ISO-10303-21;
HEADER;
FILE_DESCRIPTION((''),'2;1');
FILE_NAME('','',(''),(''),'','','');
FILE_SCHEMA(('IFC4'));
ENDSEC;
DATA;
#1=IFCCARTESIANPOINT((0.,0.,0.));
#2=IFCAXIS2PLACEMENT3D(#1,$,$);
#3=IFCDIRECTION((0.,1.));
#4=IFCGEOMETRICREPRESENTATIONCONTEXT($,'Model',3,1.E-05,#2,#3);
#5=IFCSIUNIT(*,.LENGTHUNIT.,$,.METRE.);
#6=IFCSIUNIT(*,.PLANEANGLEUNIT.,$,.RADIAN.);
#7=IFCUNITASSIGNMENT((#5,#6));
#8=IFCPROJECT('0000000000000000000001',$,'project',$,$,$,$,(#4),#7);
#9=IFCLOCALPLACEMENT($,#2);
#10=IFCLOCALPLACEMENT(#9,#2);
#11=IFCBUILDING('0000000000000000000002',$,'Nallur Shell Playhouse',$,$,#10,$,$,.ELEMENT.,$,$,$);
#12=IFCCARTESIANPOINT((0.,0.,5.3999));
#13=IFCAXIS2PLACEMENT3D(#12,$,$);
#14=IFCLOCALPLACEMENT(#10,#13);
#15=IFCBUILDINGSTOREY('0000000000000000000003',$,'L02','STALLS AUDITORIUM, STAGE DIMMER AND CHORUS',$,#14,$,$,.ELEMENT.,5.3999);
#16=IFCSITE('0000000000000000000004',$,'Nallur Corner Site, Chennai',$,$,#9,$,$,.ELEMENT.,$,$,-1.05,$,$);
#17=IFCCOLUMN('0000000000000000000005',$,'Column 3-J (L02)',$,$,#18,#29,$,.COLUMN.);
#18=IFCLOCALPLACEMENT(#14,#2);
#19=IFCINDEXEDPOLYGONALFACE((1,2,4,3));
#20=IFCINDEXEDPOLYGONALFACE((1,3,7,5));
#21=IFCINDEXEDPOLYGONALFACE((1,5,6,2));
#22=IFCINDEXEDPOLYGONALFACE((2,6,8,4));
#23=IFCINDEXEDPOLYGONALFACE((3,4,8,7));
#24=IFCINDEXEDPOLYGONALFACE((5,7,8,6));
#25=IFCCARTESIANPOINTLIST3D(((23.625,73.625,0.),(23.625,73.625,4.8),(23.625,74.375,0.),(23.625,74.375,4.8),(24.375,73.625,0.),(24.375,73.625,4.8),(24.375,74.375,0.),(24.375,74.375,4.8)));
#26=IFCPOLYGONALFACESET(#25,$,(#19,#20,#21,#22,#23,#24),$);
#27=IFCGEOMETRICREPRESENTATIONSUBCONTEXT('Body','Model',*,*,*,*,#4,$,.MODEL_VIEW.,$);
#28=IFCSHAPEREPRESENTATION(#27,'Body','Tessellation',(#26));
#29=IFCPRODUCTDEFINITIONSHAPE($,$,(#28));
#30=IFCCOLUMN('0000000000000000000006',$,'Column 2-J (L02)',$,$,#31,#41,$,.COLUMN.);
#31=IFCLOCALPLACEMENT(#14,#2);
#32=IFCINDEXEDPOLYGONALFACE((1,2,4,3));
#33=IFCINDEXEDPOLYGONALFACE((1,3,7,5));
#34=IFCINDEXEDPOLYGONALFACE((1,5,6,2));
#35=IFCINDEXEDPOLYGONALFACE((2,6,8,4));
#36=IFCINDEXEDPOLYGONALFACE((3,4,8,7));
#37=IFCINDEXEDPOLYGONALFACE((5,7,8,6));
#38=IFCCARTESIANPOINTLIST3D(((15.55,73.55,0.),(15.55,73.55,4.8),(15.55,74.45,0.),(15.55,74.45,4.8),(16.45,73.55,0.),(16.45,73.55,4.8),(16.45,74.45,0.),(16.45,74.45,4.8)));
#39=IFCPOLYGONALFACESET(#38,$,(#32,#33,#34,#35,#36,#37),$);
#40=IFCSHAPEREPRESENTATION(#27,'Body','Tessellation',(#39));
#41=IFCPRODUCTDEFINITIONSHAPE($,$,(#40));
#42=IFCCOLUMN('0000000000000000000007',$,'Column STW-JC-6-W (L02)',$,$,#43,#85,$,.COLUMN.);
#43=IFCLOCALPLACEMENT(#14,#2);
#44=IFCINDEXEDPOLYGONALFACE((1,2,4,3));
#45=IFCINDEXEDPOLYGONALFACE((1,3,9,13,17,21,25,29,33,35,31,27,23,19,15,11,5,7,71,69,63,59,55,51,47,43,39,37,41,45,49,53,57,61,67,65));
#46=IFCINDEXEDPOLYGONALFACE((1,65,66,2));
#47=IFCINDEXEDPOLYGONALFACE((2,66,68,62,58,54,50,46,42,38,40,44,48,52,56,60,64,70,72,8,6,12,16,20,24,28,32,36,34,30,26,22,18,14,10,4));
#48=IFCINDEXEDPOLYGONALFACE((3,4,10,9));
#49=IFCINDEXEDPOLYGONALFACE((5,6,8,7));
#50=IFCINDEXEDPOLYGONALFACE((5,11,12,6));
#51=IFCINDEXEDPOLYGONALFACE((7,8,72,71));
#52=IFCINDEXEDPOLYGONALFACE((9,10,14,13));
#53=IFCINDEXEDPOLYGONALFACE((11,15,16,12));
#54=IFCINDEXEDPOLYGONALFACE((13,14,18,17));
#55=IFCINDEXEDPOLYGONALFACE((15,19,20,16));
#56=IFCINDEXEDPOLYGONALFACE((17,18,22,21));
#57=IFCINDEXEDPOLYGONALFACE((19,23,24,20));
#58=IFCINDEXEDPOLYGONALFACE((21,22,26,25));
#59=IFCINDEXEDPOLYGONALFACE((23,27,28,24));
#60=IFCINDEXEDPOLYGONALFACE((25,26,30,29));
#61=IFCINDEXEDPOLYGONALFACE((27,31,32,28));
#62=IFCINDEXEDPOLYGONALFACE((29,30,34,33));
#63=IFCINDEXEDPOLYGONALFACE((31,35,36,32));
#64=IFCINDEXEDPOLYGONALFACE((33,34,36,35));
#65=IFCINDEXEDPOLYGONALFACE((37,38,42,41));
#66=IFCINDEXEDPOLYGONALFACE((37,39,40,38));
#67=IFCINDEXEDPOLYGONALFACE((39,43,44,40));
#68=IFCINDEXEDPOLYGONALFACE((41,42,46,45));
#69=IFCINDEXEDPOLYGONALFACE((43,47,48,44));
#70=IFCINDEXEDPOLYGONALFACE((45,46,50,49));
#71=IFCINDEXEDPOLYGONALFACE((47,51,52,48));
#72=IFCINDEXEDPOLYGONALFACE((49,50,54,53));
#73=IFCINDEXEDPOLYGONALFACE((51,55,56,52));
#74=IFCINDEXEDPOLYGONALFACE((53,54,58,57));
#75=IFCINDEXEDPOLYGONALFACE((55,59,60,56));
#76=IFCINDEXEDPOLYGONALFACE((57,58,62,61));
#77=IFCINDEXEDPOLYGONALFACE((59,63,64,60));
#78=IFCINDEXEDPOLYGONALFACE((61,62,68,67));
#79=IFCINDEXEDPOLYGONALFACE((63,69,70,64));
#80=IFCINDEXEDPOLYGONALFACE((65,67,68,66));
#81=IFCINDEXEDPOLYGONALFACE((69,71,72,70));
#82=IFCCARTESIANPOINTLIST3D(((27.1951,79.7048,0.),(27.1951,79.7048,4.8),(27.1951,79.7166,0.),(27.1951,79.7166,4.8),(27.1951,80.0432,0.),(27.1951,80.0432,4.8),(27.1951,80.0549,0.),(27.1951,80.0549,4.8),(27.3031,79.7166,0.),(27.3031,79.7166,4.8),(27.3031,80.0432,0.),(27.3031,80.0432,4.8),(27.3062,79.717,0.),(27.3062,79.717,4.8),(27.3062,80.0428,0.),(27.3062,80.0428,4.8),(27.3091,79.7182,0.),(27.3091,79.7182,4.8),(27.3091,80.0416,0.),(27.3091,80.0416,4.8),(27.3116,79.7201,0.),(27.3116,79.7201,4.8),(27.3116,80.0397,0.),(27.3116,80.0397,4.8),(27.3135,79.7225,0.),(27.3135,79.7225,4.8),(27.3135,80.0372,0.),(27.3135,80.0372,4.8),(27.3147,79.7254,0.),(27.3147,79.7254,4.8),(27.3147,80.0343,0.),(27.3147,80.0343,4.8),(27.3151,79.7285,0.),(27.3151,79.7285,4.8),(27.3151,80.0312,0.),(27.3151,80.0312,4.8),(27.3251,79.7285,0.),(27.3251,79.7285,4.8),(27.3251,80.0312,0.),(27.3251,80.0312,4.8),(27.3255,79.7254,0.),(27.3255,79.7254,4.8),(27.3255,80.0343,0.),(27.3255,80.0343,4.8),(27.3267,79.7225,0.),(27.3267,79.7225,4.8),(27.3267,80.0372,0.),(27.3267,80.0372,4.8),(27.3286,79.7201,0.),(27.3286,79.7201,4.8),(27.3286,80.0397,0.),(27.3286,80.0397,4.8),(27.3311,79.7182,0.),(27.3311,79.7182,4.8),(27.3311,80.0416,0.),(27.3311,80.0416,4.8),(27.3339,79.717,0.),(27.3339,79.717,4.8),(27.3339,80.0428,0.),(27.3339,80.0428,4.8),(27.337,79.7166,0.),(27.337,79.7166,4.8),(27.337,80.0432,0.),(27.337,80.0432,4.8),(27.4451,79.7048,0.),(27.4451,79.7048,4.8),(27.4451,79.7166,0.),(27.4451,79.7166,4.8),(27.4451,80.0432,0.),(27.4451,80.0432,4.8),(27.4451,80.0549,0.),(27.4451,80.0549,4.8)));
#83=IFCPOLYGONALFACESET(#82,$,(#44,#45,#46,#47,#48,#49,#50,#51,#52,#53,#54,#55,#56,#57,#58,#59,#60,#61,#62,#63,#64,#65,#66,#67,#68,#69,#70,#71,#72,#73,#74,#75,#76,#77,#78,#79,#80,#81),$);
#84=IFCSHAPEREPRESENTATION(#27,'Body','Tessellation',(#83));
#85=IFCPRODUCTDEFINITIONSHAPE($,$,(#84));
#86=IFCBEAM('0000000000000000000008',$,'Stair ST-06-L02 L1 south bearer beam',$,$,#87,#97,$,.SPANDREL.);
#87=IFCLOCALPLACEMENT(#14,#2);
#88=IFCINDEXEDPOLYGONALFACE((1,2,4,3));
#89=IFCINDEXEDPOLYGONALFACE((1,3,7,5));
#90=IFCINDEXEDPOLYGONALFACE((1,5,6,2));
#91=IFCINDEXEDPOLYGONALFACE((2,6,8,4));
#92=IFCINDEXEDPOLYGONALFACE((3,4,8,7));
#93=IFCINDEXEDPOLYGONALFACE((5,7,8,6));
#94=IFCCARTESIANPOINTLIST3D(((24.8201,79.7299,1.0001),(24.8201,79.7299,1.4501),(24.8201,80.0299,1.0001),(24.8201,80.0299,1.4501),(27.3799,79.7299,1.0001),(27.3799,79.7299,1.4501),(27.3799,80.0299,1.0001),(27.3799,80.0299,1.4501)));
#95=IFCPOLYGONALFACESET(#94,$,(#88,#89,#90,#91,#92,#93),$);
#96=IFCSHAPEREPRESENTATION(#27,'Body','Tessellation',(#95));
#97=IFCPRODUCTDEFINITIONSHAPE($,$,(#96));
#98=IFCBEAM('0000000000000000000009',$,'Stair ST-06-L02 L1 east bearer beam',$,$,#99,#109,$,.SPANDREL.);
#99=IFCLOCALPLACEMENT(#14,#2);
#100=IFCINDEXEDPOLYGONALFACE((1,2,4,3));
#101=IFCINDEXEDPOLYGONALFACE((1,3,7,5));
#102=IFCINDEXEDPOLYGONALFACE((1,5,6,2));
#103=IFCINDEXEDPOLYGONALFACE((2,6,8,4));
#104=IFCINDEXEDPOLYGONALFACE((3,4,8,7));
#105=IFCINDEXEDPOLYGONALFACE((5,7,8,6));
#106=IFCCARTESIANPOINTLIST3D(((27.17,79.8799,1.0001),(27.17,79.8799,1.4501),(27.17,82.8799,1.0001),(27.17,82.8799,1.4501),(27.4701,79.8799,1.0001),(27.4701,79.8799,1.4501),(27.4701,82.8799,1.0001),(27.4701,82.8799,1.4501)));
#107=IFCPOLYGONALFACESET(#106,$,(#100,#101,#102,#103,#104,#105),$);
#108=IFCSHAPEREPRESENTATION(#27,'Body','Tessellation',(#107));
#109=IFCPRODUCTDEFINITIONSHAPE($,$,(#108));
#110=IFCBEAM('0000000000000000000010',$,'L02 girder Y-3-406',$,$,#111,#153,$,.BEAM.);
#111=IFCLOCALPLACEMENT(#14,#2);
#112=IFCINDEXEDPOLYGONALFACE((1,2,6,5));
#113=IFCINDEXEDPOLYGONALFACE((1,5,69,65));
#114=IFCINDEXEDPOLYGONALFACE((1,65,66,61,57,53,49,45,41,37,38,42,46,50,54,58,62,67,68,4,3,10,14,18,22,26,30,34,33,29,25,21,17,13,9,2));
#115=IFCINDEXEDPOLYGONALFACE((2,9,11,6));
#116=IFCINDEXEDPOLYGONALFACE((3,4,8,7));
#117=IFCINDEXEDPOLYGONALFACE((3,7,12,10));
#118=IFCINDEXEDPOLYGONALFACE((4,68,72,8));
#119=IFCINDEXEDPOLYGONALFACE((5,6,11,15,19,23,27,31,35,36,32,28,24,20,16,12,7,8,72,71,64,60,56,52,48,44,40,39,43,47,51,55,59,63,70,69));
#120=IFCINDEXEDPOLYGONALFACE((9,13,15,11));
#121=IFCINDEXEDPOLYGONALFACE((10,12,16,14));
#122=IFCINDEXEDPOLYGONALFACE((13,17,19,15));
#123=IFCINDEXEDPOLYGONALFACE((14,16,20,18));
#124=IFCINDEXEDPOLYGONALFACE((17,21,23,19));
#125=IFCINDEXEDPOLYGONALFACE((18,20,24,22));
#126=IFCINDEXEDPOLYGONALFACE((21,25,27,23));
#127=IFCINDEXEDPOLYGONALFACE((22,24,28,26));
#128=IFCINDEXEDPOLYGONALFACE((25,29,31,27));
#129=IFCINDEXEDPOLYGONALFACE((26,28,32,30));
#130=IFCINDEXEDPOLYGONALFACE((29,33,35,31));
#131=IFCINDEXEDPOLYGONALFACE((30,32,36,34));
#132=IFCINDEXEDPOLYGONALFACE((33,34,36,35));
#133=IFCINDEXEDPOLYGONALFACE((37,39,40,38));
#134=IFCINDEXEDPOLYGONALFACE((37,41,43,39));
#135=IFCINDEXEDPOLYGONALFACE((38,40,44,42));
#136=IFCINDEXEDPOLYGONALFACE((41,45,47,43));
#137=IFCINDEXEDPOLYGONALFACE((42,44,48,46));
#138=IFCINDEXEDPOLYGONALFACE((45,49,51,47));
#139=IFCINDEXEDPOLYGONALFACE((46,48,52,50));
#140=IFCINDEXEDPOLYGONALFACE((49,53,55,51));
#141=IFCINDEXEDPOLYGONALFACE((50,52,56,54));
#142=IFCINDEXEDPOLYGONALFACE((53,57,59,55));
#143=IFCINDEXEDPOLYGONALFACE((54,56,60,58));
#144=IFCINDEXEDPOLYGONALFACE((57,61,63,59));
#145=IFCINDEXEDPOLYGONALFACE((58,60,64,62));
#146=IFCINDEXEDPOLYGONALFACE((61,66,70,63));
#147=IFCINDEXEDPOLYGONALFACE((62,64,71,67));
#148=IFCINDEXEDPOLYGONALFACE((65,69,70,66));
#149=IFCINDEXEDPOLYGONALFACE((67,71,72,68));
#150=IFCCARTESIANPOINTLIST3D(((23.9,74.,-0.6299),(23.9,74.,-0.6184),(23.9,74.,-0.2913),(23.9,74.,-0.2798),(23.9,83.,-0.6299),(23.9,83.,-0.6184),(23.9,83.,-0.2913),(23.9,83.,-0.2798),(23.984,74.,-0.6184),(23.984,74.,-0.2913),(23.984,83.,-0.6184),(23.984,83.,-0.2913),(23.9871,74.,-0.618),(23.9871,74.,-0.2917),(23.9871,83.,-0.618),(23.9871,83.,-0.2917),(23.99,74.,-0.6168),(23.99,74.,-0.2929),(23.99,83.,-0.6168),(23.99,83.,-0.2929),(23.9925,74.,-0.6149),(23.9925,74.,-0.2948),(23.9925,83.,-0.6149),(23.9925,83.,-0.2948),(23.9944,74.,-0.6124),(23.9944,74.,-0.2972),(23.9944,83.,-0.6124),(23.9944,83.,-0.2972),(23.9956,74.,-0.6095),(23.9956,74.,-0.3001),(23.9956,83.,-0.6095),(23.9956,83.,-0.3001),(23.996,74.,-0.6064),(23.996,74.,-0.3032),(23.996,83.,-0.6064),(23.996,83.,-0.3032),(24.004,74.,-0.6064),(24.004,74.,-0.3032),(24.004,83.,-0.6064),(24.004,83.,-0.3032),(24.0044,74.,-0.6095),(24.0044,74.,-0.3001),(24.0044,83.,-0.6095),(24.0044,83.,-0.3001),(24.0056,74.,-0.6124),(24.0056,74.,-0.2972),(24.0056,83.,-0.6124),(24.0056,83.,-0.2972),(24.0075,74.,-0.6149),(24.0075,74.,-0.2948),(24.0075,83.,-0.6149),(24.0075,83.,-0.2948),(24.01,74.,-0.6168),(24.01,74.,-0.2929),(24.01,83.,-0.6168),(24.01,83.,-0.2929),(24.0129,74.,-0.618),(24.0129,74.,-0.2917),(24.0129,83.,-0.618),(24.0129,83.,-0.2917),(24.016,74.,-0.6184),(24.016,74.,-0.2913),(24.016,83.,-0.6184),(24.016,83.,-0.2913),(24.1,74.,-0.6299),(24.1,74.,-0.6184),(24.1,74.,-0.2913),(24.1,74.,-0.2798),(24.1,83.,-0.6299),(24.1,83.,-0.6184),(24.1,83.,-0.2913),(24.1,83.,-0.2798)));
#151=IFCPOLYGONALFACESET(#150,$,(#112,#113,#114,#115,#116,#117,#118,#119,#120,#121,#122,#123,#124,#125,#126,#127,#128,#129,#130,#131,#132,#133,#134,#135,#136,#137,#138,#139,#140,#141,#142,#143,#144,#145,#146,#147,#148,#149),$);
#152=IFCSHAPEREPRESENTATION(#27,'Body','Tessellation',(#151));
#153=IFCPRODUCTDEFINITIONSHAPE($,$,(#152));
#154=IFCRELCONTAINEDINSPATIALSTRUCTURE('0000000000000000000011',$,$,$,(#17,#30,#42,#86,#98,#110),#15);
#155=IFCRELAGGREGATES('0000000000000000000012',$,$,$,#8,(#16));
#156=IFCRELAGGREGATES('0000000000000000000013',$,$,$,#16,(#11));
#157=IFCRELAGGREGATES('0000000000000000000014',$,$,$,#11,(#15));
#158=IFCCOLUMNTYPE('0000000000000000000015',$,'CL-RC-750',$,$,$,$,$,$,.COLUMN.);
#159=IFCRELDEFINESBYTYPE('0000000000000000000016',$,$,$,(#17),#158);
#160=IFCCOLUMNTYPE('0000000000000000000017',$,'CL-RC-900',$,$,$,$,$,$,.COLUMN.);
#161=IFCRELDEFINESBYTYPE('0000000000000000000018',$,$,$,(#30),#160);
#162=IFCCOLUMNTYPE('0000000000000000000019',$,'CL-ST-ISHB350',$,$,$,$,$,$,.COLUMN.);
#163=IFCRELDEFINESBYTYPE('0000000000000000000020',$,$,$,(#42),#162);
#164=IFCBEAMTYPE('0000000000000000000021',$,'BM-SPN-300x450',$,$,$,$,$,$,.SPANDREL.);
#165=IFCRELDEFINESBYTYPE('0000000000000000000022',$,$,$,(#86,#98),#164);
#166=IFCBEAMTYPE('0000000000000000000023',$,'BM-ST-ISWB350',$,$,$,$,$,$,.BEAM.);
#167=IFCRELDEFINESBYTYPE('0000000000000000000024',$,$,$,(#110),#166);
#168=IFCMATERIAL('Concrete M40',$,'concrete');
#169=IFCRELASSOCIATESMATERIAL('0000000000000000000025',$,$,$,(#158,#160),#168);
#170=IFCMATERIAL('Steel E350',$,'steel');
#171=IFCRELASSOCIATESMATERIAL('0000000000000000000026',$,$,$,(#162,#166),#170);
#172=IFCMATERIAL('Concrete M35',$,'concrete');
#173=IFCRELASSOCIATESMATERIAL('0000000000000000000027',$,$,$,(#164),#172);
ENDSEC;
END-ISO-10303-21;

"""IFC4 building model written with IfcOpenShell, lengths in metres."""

from ifc_helpers import new_model, si_unit, direction, frame, origin, origin_2d, place, context, subcontext, project, spatial, rectangle, i_section, extrude, material, material_profile, profile_set, type_object, element, save


model = new_model("IFC4")

# Units and contexts
model_context = context("Model", 3, precision=1e-05, world=origin(), true_north=direction((0.0, 1.0)))
body_context = subcontext(model_context, "Body", "Model", "MODEL_VIEW")
ifc_project = project(units=[si_unit("LENGTHUNIT", "METRE"), si_unit("PLANEANGLEUNIT", "RADIAN")], contexts=[model_context])

# Site, building, storey
site_placement = place(None, origin())
site = spatial("IfcSite", under=ifc_project, at=site_placement, Name="Nallur Corner Site, Chennai", CompositionType="ELEMENT", RefElevation=-1.05)
building_placement = place(site_placement, origin())
building = spatial("IfcBuilding", under=site, at=building_placement, Name="Nallur Shell Playhouse", CompositionType="ELEMENT")
storey_placement = place(building_placement, frame((0.0, 0.0, 5.3999)))
storey = spatial("IfcBuildingStorey", under=building, at=storey_placement, Name="L02", Description="STALLS AUDITORIUM, STAGE DIMMER AND CHORUS", CompositionType="ELEMENT", Elevation=5.3999)

# Columns
ifc_material_1 = material(Name="Concrete M40", Category="concrete")
ifc_material_profile_1 = material_profile(ifc_material_1, rectangle(XDim=0.75, YDim=0.75, at=origin_2d()), Name="RC 750x750")
ifc_profile_set_1 = profile_set([ifc_material_profile_1], Name="Concrete M40")
column_type_1 = type_object("IfcColumnType", Name="CL-RC-750", PredefinedType="COLUMN", material=ifc_profile_set_1)
column_1_placement = place(storey_placement, frame((24.0, 74.0, 0.0), z_axis=(0.0, 0.0, 1.0), x_axis=(1.0, 0.0, 0.0)))
element("IfcColumn", 1, at=column_1_placement, inside=storey, type_object=column_type_1, Name="Column 3-J (L02)", PredefinedType="COLUMN", context=body_context, shape_type="SweptSolid", body=[
    extrude(rectangle(XDim=0.75, YDim=0.75, at=origin_2d()), origin(), (0.0, 0.0, 1.0), 4.8),
])
ifc_material_profile_2 = material_profile(ifc_material_1, rectangle(XDim=0.8999, YDim=0.8999, at=origin_2d()), Name="RC 900x900")
ifc_profile_set_2 = profile_set([ifc_material_profile_2], Name="Concrete M40")
column_type_2 = type_object("IfcColumnType", Name="CL-RC-900", PredefinedType="COLUMN", material=ifc_profile_set_2)
column_2_placement = place(storey_placement, frame((16.0, 74.0, 0.0), z_axis=(0.0, 0.0, 1.0), x_axis=(1.0, 0.0, 0.0)))
element("IfcColumn", 2, at=column_2_placement, inside=storey, type_object=column_type_2, Name="Column 2-J (L02)", PredefinedType="COLUMN", context=body_context, shape_type="SweptSolid", body=[
    extrude(rectangle(XDim=0.8999, YDim=0.8999, at=origin_2d()), origin(), (0.0, 0.0, 1.0), 4.8),
])
ifc_material_2 = material(Name="Steel E350", Category="steel")
ifc_material_profile_3 = material_profile(ifc_material_2, i_section(OverallWidth=0.25, OverallDepth=0.3501, WebThickness=0.01, FlangeThickness=0.0117, FilletRadius=0.012, at=origin_2d()), Name="ISHB 350")
ifc_profile_set_3 = profile_set([ifc_material_profile_3], Name="Steel E350")
column_type_3 = type_object("IfcColumnType", Name="CL-ST-ISHB350", PredefinedType="COLUMN", material=ifc_profile_set_3)
column_3_placement = place(storey_placement, frame((27.3201, 79.8799, 0.0), z_axis=(0.0, 0.0, 1.0), x_axis=(1.0, 0.0, 0.0)))
element("IfcColumn", 3, at=column_3_placement, inside=storey, type_object=column_type_3, Name="Column STW-JC-6-W (L02)", PredefinedType="COLUMN", context=body_context, shape_type="SweptSolid", body=[
    extrude(i_section(OverallWidth=0.25, OverallDepth=0.3501, WebThickness=0.01, FlangeThickness=0.0117, FilletRadius=0.012, at=origin_2d()), origin(), (0.0, 0.0, 1.0), 4.8),
])

# Beams
ifc_material_3 = material(Name="Concrete M35", Category="concrete")
ifc_material_profile_4 = material_profile(ifc_material_3, rectangle(XDim=0.3, YDim=0.45, at=origin_2d()), Name="RC 300x450")
ifc_profile_set_4 = profile_set([ifc_material_profile_4], Name="Concrete M35")
beam_type_1 = type_object("IfcBeamType", Name="BM-SPN-300x450", PredefinedType="SPANDREL", material=ifc_profile_set_4)
beam_1_placement = place(storey_placement, frame((24.8201, 79.8799, 1.2251), z_axis=(1.0, 0.0, 0.0), x_axis=(0.0, 1.0, 0.0)))
element("IfcBeam", 4, at=beam_1_placement, inside=storey, type_object=beam_type_1, Name="Stair ST-06-L02 L1 south bearer beam", PredefinedType="SPANDREL", context=body_context, shape_type="SweptSolid", body=[
    extrude(rectangle(XDim=0.3, YDim=0.45, at=origin_2d()), origin(), (0.0, 0.0, 1.0), 2.5598),
])
beam_2_placement = place(storey_placement, frame((27.3201, 79.8799, 1.2251), z_axis=(0.0, 1.0, 0.0), x_axis=(-1.0, 0.0, 0.0)))
element("IfcBeam", 5, at=beam_2_placement, inside=storey, type_object=beam_type_1, Name="Stair ST-06-L02 L1 east bearer beam", PredefinedType="SPANDREL", context=body_context, shape_type="SweptSolid", body=[
    extrude(rectangle(XDim=0.3, YDim=0.45, at=origin_2d()), origin(), (0.0, 0.0, 1.0), 3.0),
])
ifc_material_profile_5 = material_profile(ifc_material_2, i_section(OverallWidth=0.2, OverallDepth=0.3501, WebThickness=0.0081, FlangeThickness=0.0115, FilletRadius=0.012, at=origin_2d()), Name="ISWB 350")
ifc_profile_set_5 = profile_set([ifc_material_profile_5], Name="Steel E350")
beam_type_2 = type_object("IfcBeamType", Name="BM-ST-ISWB350", PredefinedType="BEAM", material=ifc_profile_set_5)
beam_3_placement = place(storey_placement, frame((24.0, 74.0, -0.4548), z_axis=(0.0, 1.0, 0.0), x_axis=(-1.0, 0.0, 0.0)))
element("IfcBeam", 6, at=beam_3_placement, inside=storey, type_object=beam_type_2, Name="L02 girder Y-3-406", PredefinedType="BEAM", context=body_context, shape_type="SweptSolid", body=[
    extrude(i_section(OverallWidth=0.2, OverallDepth=0.3501, WebThickness=0.0081, FlangeThickness=0.0115, FilletRadius=0.012, at=origin_2d()), origin(), (0.0, 0.0, 1.0), 9.0),
])

save(model, "model.ifc")
